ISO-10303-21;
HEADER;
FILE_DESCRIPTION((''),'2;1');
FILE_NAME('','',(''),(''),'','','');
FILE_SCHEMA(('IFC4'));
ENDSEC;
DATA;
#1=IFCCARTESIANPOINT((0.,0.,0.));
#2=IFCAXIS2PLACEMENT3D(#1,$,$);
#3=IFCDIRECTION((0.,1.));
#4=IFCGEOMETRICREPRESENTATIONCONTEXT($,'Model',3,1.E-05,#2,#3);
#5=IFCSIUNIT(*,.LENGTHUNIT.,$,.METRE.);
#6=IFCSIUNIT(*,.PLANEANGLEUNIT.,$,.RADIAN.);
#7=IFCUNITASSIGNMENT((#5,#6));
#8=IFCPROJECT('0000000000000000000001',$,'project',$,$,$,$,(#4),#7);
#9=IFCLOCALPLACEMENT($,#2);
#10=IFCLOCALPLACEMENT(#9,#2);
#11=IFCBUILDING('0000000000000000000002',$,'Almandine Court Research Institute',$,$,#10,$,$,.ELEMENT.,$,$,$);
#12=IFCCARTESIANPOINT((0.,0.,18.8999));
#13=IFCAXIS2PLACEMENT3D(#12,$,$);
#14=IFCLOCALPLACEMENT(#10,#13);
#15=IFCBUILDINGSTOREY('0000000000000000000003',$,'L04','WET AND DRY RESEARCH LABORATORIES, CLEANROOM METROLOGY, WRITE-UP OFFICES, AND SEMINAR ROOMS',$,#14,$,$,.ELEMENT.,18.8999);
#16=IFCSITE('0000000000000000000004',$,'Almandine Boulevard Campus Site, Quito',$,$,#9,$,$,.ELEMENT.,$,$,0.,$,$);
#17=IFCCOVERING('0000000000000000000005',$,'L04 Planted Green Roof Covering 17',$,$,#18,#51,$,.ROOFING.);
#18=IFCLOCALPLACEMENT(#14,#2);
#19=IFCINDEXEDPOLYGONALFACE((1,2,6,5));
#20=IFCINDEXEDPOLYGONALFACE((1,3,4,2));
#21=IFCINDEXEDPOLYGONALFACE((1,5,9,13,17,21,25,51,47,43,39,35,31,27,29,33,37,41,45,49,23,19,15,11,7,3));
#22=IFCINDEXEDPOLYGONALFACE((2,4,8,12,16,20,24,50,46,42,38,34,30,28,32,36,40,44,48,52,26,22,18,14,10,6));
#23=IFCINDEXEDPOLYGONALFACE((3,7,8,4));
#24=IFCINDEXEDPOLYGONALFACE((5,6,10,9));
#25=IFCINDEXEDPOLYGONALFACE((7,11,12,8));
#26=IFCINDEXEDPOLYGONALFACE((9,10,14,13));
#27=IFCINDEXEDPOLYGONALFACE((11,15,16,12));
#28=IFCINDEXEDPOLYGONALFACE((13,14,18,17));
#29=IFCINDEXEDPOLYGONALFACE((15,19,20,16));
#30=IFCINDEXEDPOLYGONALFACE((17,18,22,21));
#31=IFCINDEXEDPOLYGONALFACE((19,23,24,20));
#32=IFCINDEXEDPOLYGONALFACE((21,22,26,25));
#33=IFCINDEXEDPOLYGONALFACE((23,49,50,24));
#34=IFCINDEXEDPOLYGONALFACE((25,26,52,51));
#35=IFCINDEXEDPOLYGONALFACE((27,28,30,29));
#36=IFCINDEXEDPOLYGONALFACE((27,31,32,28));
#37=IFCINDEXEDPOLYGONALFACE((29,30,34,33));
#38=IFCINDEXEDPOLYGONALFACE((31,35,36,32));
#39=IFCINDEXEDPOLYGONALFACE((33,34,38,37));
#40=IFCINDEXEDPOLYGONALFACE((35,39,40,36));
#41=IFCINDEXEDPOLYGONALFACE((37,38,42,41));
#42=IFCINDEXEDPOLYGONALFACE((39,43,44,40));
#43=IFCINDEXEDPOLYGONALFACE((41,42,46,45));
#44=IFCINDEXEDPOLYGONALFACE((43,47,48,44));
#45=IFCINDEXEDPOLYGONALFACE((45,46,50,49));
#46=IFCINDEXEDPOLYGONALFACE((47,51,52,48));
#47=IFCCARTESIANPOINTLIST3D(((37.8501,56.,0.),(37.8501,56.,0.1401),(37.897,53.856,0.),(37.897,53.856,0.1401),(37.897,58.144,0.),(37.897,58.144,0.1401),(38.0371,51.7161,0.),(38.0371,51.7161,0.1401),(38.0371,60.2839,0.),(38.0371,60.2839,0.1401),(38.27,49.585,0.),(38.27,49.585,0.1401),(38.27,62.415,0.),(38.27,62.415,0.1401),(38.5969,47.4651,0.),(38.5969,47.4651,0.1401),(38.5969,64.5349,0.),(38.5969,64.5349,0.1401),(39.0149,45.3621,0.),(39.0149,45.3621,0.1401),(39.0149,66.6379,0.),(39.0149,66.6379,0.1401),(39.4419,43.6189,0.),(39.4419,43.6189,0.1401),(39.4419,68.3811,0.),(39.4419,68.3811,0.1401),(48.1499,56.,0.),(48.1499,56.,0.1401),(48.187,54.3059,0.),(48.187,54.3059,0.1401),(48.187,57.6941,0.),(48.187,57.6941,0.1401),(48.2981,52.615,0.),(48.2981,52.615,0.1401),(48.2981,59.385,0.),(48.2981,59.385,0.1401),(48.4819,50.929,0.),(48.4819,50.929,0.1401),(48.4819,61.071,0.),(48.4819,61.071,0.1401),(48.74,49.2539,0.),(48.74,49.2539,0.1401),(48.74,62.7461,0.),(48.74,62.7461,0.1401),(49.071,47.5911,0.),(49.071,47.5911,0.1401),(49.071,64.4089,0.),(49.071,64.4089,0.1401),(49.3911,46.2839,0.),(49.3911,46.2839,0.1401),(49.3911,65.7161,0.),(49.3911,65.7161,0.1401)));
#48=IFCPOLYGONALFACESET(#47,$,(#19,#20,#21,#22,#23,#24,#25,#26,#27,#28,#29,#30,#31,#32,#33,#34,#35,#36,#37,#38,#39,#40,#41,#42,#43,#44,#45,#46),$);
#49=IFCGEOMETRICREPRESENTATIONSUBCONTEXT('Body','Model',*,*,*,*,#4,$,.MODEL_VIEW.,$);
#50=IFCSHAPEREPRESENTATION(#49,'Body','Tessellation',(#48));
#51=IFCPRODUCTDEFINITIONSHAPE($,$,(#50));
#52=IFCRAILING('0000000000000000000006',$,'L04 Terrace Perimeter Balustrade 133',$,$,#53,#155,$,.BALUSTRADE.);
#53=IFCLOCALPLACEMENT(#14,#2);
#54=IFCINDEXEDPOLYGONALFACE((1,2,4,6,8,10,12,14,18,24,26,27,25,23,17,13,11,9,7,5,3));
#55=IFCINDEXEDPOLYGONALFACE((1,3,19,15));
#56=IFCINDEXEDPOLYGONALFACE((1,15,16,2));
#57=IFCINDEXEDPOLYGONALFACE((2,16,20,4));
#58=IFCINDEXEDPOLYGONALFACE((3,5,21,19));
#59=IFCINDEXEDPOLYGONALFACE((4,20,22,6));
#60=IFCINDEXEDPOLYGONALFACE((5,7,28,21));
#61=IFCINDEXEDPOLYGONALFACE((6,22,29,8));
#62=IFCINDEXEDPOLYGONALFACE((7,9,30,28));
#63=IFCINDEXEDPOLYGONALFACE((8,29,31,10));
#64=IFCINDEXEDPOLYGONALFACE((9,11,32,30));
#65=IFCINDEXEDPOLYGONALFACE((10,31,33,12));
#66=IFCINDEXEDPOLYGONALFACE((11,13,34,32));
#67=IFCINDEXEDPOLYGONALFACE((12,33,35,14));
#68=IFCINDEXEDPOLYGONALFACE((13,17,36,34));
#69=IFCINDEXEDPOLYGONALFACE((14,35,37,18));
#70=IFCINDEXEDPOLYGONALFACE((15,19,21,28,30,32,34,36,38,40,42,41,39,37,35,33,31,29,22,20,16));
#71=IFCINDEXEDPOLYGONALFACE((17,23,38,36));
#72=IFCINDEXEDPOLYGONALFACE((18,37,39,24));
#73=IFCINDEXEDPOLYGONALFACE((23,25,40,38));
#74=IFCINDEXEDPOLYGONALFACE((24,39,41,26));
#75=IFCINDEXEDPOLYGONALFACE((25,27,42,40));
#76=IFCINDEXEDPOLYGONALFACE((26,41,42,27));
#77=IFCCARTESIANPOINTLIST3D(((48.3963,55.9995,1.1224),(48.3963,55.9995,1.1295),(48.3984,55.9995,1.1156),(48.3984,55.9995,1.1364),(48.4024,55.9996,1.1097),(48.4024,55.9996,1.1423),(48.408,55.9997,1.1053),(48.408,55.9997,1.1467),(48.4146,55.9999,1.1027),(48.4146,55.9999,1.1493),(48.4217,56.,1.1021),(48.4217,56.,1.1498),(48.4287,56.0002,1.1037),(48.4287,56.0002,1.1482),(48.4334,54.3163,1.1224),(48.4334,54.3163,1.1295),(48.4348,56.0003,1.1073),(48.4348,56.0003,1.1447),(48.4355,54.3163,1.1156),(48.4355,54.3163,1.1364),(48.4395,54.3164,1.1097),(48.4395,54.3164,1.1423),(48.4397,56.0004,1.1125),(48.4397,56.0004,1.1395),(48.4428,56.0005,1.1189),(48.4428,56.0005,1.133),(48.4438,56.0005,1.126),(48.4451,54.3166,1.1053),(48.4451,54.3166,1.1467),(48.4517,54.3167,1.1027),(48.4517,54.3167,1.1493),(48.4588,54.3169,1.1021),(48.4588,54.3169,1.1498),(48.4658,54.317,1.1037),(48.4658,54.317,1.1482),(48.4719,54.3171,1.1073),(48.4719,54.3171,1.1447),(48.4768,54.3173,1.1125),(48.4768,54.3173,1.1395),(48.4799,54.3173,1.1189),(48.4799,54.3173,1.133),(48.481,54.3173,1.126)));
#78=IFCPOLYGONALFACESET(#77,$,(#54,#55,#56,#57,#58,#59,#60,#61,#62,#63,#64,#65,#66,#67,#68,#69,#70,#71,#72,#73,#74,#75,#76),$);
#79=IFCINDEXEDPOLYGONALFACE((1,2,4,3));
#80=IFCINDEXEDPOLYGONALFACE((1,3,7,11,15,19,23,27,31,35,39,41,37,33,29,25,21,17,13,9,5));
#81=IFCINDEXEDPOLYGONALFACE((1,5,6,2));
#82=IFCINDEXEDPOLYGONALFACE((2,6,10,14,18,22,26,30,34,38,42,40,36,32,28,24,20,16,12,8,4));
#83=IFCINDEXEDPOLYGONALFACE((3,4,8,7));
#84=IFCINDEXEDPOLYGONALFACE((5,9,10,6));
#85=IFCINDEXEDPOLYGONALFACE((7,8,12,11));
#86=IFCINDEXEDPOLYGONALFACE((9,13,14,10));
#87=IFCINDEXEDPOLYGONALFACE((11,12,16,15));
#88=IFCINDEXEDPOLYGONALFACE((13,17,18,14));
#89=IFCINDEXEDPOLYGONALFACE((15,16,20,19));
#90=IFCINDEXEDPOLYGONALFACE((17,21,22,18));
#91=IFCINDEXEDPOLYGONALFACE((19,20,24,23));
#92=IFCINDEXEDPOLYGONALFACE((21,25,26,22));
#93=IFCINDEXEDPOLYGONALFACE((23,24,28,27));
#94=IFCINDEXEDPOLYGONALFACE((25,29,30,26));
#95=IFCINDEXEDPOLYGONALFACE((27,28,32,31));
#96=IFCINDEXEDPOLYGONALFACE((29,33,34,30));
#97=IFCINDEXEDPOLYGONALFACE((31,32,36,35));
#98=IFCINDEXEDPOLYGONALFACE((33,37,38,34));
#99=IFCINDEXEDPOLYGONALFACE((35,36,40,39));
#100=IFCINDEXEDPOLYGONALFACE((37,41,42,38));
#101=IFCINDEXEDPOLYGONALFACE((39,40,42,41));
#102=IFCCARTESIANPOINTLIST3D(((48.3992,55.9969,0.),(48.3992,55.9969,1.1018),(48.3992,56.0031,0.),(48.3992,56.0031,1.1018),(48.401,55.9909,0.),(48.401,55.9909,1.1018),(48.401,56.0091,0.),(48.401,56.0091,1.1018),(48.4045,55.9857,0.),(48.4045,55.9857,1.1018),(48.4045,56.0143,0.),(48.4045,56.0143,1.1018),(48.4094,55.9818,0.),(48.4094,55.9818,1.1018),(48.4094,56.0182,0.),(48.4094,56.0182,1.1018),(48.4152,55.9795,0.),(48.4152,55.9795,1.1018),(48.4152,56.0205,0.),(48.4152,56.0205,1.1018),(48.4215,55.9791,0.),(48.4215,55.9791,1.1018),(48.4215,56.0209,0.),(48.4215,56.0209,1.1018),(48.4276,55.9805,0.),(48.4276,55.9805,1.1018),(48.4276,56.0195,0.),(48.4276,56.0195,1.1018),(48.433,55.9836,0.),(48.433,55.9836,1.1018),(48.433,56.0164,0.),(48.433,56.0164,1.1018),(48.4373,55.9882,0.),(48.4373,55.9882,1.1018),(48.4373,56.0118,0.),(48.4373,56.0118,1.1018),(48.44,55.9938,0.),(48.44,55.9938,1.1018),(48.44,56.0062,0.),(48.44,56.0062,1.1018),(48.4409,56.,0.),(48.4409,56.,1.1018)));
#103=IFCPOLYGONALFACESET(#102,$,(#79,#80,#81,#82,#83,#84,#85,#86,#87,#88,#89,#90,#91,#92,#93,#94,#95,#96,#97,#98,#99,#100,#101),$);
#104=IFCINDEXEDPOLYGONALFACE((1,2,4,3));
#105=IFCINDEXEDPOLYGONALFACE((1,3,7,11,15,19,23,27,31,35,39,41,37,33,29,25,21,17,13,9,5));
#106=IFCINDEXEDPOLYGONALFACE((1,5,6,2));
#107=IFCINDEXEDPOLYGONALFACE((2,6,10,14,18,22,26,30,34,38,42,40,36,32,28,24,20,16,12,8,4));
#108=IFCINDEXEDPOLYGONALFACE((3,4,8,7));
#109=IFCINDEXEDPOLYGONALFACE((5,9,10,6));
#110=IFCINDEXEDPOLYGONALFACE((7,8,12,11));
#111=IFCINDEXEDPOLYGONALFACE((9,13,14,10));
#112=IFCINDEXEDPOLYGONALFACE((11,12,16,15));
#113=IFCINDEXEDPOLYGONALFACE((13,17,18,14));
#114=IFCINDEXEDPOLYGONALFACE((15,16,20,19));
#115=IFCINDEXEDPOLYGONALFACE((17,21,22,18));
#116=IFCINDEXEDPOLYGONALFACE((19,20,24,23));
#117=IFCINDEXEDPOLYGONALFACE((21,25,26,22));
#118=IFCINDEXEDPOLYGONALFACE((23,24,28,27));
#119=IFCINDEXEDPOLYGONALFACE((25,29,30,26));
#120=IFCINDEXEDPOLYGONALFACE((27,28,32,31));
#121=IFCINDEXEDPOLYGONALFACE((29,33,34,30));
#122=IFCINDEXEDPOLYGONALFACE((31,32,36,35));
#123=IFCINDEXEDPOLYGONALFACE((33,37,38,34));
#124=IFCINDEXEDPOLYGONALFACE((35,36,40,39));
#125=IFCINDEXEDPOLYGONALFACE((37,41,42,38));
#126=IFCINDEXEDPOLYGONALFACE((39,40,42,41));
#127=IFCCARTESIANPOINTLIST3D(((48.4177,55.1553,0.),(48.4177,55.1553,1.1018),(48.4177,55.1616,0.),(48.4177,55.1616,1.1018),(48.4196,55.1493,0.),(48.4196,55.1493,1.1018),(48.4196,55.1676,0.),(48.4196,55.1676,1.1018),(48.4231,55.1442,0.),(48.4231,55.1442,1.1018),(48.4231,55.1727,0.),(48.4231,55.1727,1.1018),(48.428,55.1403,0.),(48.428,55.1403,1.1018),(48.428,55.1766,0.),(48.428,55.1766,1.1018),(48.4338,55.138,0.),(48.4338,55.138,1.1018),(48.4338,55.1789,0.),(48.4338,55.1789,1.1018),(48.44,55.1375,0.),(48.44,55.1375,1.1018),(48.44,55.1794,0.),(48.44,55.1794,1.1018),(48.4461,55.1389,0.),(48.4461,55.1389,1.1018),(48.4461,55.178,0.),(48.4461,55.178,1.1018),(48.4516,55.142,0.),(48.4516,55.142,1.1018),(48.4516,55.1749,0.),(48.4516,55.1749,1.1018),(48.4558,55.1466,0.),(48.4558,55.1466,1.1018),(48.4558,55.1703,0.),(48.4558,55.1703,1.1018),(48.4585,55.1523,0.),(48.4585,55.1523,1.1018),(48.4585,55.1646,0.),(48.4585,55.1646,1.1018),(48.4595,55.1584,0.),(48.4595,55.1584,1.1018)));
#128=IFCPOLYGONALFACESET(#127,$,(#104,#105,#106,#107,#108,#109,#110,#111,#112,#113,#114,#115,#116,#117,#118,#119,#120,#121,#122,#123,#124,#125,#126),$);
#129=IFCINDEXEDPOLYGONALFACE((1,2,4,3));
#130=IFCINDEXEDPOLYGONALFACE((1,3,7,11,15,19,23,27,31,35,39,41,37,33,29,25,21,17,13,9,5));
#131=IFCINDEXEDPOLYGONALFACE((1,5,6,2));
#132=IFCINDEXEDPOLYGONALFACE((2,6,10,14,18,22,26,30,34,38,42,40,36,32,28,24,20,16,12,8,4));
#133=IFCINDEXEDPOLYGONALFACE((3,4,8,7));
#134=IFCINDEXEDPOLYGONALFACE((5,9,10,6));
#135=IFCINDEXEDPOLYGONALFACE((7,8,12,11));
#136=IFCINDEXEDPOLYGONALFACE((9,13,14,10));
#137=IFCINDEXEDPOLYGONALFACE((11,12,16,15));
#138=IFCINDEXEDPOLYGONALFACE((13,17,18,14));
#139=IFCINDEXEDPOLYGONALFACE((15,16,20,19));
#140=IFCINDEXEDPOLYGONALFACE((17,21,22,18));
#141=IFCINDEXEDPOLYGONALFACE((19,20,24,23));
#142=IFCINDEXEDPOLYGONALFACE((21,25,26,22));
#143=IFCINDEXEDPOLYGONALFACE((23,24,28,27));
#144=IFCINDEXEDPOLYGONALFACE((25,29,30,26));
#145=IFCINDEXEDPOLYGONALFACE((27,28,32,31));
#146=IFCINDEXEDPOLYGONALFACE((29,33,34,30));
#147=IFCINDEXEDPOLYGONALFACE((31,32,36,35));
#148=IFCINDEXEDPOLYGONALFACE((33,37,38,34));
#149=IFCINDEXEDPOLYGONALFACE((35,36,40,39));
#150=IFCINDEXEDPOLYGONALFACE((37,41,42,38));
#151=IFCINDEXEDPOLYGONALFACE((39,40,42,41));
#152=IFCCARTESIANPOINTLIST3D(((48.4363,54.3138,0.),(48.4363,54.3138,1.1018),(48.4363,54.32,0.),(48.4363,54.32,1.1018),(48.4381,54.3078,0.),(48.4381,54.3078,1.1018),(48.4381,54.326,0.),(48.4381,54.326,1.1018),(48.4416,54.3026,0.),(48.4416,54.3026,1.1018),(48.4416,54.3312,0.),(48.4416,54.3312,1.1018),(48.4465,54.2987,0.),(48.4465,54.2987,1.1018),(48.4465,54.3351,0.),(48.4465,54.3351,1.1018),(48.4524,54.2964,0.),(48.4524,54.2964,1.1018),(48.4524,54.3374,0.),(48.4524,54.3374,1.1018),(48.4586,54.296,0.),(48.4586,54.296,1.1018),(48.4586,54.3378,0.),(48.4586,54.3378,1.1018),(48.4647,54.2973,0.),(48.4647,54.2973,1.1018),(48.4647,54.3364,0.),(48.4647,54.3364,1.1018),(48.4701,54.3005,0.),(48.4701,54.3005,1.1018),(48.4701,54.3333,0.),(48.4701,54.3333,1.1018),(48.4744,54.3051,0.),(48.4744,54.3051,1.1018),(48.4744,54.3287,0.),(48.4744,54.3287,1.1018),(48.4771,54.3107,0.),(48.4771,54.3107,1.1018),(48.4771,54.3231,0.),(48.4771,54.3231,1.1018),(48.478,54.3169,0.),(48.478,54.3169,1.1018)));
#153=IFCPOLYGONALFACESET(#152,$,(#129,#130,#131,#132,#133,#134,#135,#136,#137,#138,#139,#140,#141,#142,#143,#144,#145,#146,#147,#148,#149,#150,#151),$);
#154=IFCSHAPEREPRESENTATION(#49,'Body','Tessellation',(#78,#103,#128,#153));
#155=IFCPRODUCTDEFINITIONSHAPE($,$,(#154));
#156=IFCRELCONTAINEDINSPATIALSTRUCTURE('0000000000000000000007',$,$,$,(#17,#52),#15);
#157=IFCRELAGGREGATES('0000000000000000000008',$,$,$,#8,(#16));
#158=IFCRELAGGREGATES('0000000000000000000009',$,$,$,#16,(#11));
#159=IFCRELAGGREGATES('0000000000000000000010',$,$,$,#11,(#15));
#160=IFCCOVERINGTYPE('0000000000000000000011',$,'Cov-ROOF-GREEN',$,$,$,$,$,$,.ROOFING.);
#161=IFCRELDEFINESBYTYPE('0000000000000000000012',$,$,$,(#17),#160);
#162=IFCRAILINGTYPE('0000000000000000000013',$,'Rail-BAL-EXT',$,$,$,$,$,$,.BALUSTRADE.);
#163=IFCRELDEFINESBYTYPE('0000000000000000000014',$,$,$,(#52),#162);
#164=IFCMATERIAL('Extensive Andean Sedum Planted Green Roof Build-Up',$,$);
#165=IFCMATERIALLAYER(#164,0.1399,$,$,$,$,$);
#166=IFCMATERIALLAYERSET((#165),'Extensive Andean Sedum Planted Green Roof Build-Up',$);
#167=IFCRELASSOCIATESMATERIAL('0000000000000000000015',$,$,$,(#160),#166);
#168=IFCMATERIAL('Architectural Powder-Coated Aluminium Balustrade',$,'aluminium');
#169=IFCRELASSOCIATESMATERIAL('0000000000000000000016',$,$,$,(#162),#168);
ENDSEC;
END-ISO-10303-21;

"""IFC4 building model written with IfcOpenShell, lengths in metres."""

from ifc_helpers import new_model, si_unit, direction, frame, origin, origin_2d, place, context, subcontext, project, spatial, polyline, circle, outline, extrude, material, layer, layer_set, type_object, element, save


model = new_model("IFC4")

# Units and contexts
model_context = context("Model", 3, precision=1e-05, world=origin(), true_north=direction((0.0, 1.0)))
body_context = subcontext(model_context, "Body", "Model", "MODEL_VIEW")
ifc_project = project(units=[si_unit("LENGTHUNIT", "METRE"), si_unit("PLANEANGLEUNIT", "RADIAN")], contexts=[model_context])

# Site, building, storey
site_placement = place(None, origin())
site = spatial("IfcSite", under=ifc_project, at=site_placement, Name="Almandine Boulevard Campus Site, Quito", CompositionType="ELEMENT", RefElevation=0.0)
building_placement = place(site_placement, origin())
building = spatial("IfcBuilding", under=site, at=building_placement, Name="Almandine Court Research Institute", CompositionType="ELEMENT")
storey_placement = place(building_placement, frame((0.0, 0.0, 18.8999)))
storey = spatial("IfcBuildingStorey", under=building, at=storey_placement, Name="L04", Description="WET AND DRY RESEARCH LABORATORIES, CLEANROOM METROLOGY, WRITE-UP OFFICES, AND SEMINAR ROOMS", CompositionType="ELEMENT", Elevation=18.8999)

# Covering
ifc_material_1 = material(Name="Extensive Andean Sedum Planted Green Roof Build-Up")
ifc_layer_1 = layer(ifc_material_1, 0.1399)
ifc_layer_set_1 = layer_set([ifc_layer_1], Name="Extensive Andean Sedum Planted Green Roof Build-Up")
covering_type_1 = type_object("IfcCoveringType", Name="Cov-ROOF-GREEN", PredefinedType="ROOFING", material=ifc_layer_set_1)
covering_1_placement = place(storey_placement, origin())
element("IfcCovering", 1, at=covering_1_placement, inside=storey, type_object=covering_type_1, Name="L04 Planted Green Roof Covering 17", PredefinedType="ROOFING", context=body_context, shape_type="SweptSolid", body=[
    extrude(outline(polyline([(39.4419, 68.3811), (49.3911, 65.7161), (49.071, 64.4089), (48.74, 62.7461), (48.4819, 61.071), (48.2981, 59.385), (48.187, 57.6941), (48.1499, 56.0), (48.187, 54.3059), (48.2981, 52.615), (48.4819, 50.929), (48.74, 49.2539), (49.071, 47.5911), (49.3911, 46.2839), (39.4419, 43.6189), (39.0149, 45.3621), (38.5969, 47.4651), (38.27, 49.585), (38.0371, 51.7161), (37.897, 53.856), (37.8501, 56.0), (37.897, 58.144), (38.0371, 60.2839), (38.27, 62.415), (38.5969, 64.5349), (39.0149, 66.6379), (39.4419, 68.3811)])), origin(), (0.0, 0.0, 1.0), 0.1401),
])

# Railing
ifc_material_2 = material(Name="Architectural Powder-Coated Aluminium Balustrade", Category="aluminium")
railing_type = type_object("IfcRailingType", Name="Rail-BAL-EXT", PredefinedType="BALUSTRADE", material=ifc_material_2)
railing_1_placement = place(storey_placement, frame((48.4199, 56.0, 0.0)))
element("IfcRailing", 2, at=railing_1_placement, inside=storey, type_object=railing_type, Name="L04 Terrace Perimeter Balustrade 133", PredefinedType="BALUSTRADE", context=body_context, shape_type="SweptSolid", body=[
    extrude(circle(Radius=0.0239, at=origin_2d()), frame((0.0, 0.0, 1.126), z_axis=(0.022043, -0.999757, 0.0), x_axis=(0.999757, 0.022043, 0.0)), (0.0, 0.0, 1.0), 1.6836),
    extrude(circle(Radius=0.021, at=origin_2d()), origin(), (0.0, 0.0, 1.0), 1.1018),
    extrude(circle(Radius=0.021, at=origin_2d()), frame((0.0186, -0.8416, 0.0)), (0.0, 0.0, 1.0), 1.1018),
    extrude(circle(Radius=0.021, at=origin_2d()), frame((0.0371, -1.6831, 0.0)), (0.0, 0.0, 1.0), 1.1018),
])

save(model, "model.ifc")
